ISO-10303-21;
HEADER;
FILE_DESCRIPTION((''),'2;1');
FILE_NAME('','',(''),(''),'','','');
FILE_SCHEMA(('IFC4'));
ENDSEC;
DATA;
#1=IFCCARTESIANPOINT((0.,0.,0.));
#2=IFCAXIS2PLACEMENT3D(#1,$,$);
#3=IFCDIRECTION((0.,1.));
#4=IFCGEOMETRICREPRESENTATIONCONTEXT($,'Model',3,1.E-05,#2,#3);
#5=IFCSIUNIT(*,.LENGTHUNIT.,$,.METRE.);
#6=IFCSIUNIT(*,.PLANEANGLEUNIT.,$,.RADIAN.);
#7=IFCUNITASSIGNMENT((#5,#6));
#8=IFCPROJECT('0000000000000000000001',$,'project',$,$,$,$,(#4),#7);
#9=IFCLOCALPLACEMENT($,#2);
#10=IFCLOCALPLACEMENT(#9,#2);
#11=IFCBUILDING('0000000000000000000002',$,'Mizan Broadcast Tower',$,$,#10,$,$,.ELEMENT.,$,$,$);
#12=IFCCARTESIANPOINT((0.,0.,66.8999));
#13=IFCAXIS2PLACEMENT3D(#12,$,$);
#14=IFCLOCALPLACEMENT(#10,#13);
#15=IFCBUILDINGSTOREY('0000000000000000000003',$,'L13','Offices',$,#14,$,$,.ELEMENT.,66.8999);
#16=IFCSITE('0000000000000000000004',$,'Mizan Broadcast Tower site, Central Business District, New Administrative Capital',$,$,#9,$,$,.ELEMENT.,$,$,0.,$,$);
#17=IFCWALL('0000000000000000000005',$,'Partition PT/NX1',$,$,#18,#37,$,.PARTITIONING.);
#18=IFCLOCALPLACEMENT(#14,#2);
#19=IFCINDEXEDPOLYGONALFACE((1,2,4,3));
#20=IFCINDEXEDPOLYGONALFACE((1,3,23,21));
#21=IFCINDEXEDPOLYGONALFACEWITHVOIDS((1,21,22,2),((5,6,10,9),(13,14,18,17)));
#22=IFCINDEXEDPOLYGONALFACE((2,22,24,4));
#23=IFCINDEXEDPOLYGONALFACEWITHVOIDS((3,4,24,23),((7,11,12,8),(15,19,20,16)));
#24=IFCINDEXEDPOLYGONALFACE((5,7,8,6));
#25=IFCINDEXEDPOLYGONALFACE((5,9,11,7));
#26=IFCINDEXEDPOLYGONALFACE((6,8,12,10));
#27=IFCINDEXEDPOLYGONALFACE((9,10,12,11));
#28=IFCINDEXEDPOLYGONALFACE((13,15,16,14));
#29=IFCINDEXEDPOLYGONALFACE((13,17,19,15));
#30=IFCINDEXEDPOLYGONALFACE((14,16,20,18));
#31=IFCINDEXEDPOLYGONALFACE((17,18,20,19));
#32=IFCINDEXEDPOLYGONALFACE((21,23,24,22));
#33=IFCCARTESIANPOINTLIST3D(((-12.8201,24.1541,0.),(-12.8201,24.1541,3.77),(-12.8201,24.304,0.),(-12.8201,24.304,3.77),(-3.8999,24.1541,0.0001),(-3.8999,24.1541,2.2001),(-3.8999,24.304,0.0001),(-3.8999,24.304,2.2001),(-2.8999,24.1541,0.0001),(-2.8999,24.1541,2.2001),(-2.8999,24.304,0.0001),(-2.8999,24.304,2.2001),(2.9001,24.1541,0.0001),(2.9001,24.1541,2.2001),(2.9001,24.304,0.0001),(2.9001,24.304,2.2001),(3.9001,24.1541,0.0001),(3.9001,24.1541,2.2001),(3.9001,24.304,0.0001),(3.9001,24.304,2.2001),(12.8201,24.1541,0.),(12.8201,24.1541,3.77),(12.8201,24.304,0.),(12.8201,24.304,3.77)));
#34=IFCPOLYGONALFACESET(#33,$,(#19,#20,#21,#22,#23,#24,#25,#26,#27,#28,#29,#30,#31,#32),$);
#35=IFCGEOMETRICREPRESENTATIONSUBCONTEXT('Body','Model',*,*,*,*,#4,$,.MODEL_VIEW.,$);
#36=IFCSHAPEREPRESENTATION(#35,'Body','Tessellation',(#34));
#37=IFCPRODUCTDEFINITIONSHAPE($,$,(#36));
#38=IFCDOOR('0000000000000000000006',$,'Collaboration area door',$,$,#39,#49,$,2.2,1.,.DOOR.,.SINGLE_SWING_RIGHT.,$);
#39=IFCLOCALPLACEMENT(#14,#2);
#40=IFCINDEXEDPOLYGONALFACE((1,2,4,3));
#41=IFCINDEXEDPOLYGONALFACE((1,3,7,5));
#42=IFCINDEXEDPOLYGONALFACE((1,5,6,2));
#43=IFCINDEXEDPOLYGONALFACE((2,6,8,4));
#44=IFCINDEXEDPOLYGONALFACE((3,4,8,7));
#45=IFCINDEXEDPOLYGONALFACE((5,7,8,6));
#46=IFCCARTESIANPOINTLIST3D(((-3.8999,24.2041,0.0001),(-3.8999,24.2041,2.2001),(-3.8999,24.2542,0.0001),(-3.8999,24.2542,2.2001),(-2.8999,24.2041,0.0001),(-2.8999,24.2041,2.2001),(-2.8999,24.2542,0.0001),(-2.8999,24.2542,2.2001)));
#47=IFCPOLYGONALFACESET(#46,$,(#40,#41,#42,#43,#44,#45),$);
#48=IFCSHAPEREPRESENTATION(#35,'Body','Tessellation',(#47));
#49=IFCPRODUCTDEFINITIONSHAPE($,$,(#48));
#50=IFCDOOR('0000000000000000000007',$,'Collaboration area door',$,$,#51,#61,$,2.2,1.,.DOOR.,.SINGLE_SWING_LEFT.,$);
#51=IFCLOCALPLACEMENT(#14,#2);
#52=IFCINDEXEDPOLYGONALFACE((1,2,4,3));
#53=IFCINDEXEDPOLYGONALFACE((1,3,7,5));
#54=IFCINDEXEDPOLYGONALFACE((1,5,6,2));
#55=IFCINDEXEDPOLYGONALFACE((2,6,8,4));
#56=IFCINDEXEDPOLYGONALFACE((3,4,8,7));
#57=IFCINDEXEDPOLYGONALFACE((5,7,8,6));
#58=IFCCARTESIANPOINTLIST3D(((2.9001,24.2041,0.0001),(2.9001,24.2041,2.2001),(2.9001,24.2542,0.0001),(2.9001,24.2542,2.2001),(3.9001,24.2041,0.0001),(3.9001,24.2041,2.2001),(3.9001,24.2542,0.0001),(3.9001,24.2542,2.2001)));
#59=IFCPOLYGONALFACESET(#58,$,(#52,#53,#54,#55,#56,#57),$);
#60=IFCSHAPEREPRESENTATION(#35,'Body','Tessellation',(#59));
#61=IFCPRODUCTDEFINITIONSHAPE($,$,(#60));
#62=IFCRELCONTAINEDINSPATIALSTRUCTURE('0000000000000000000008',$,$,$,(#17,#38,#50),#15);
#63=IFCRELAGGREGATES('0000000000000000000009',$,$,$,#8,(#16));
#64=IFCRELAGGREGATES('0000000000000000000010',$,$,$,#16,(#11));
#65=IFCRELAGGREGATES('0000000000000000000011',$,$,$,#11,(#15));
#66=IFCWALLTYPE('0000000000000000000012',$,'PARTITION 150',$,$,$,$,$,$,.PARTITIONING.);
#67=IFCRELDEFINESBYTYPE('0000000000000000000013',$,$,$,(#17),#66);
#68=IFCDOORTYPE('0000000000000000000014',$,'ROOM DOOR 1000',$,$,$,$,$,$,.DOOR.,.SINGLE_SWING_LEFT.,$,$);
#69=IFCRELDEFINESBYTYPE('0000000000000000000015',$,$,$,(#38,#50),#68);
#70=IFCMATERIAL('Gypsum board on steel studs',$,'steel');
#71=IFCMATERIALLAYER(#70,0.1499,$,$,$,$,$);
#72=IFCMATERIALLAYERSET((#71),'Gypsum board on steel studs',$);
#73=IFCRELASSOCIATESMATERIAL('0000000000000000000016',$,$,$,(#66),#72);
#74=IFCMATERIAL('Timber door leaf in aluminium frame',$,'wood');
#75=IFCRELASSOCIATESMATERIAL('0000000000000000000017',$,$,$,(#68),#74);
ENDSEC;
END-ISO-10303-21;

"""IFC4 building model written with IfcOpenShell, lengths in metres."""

from ifc_helpers import new_model, si_unit, direction, frame, frame_2d, origin, place, context, subcontext, project, spatial, rectangle, extrude, material, layer, layer_set, type_object, element, fill, save


model = new_model("IFC4")

# Units and contexts
model_context = context("Model", 3, precision=1e-05, world=origin(), true_north=direction((0.0, 1.0)))
body_context = subcontext(model_context, "Body", "Model", "MODEL_VIEW")
ifc_project = project(units=[si_unit("LENGTHUNIT", "METRE"), si_unit("PLANEANGLEUNIT", "RADIAN")], contexts=[model_context])

# Site, building, storey
site_placement = place(None, origin())
site = spatial("IfcSite", under=ifc_project, at=site_placement, Name="Mizan Broadcast Tower site, Central Business District, New Administrative Capital", CompositionType="ELEMENT", RefElevation=0.0)
building_placement = place(site_placement, origin())
building = spatial("IfcBuilding", under=site, at=building_placement, Name="Mizan Broadcast Tower", CompositionType="ELEMENT")
storey_placement = place(building_placement, frame((0.0, 0.0, 66.8999)))
storey = spatial("IfcBuildingStorey", under=building, at=storey_placement, Name="L13", Description="Offices", CompositionType="ELEMENT", Elevation=66.8999)

# Wall, openings, doors
ifc_material_1 = material(Name="Gypsum board on steel studs", Category="steel")
ifc_layer_1 = layer(ifc_material_1, 0.1499)
ifc_layer_set_1 = layer_set([ifc_layer_1], Name="Gypsum board on steel studs")
wall_type = type_object("IfcWallType", Name="PARTITION 150", PredefinedType="PARTITIONING", material=ifc_layer_set_1)
wall_placement = place(storey_placement, frame((12.8201, 24.229, 0.0), z_axis=(0.0, 0.0, 1.0), x_axis=(-1.0, 0.0, 0.0)))
wall = element("IfcWall", 1, at=wall_placement, inside=storey, type_object=wall_type, Name="Partition PT/NX1", PredefinedType="PARTITIONING", context=body_context, shape_type="SweptSolid", body=[
    extrude(rectangle(XDim=25.6401, YDim=0.1499, at=frame_2d((12.8201, 0.0))), origin(), (0.0, 0.0, 1.0), 3.77),
])
opening_1_placement = place(wall_placement, frame((15.72, 0.0, 0.0)))
opening_1 = element("IfcOpeningElement", 2, at=opening_1_placement, cuts=wall, PredefinedType="OPENING", context=body_context, shape_type="SweptSolid", body=[
    extrude(rectangle(XDim=1.0, YDim=2.2, at=frame_2d((0.5, 1.1001))), frame((0.0, 0.085, 0.0), z_axis=(0.0, -1.0, 0.0), x_axis=(1.0, 0.0, 0.0)), (0.0, 0.0, 1.0), 0.1699),
])
opening_2_placement = place(wall_placement, frame((8.9199, 0.0, 0.0)))
opening_2 = element("IfcOpeningElement", 3, at=opening_2_placement, cuts=wall, PredefinedType="OPENING", context=body_context, shape_type="SweptSolid", body=[
    extrude(rectangle(XDim=1.0, YDim=2.2, at=frame_2d((0.5, 1.1001))), frame((0.0, 0.085, 0.0), z_axis=(0.0, -1.0, 0.0), x_axis=(1.0, 0.0, 0.0)), (0.0, 0.0, 1.0), 0.1699),
])
ifc_material_2 = material(Name="Timber door leaf in aluminium frame", Category="wood")
door_type = type_object("IfcDoorType", Name="ROOM DOOR 1000", OperationType="SINGLE_SWING_LEFT", PredefinedType="DOOR", material=ifc_material_2)
door_1_placement = place(opening_1_placement, origin())
door_1 = element("IfcDoor", 4, at=door_1_placement, inside=storey, type_object=door_type, Name="Collaboration area door", OperationType="SINGLE_SWING_RIGHT", OverallHeight=2.2, OverallWidth=1.0, PredefinedType="DOOR", context=body_context, shape_type="SweptSolid", body=[
    extrude(rectangle(XDim=1.0, YDim=2.2, at=frame_2d((0.5, 1.1001))), frame((0.0, 0.0249, 0.0), z_axis=(0.0, -1.0, 0.0), x_axis=(1.0, 0.0, 0.0)), (0.0, 0.0, 1.0), 0.05),
])
fill(opening_1, door_1)
door_2_placement = place(opening_2_placement, origin())
door_2 = element("IfcDoor", 5, at=door_2_placement, inside=storey, type_object=door_type, Name="Collaboration area door", OperationType="SINGLE_SWING_LEFT", OverallHeight=2.2, OverallWidth=1.0, PredefinedType="DOOR", context=body_context, shape_type="SweptSolid", body=[
    extrude(rectangle(XDim=1.0, YDim=2.2, at=frame_2d((0.5, 1.1001))), frame((0.0, 0.0249, 0.0), z_axis=(0.0, -1.0, 0.0), x_axis=(1.0, 0.0, 0.0)), (0.0, 0.0, 1.0), 0.05),
])
fill(opening_2, door_2)

save(model, "model.ifc")
